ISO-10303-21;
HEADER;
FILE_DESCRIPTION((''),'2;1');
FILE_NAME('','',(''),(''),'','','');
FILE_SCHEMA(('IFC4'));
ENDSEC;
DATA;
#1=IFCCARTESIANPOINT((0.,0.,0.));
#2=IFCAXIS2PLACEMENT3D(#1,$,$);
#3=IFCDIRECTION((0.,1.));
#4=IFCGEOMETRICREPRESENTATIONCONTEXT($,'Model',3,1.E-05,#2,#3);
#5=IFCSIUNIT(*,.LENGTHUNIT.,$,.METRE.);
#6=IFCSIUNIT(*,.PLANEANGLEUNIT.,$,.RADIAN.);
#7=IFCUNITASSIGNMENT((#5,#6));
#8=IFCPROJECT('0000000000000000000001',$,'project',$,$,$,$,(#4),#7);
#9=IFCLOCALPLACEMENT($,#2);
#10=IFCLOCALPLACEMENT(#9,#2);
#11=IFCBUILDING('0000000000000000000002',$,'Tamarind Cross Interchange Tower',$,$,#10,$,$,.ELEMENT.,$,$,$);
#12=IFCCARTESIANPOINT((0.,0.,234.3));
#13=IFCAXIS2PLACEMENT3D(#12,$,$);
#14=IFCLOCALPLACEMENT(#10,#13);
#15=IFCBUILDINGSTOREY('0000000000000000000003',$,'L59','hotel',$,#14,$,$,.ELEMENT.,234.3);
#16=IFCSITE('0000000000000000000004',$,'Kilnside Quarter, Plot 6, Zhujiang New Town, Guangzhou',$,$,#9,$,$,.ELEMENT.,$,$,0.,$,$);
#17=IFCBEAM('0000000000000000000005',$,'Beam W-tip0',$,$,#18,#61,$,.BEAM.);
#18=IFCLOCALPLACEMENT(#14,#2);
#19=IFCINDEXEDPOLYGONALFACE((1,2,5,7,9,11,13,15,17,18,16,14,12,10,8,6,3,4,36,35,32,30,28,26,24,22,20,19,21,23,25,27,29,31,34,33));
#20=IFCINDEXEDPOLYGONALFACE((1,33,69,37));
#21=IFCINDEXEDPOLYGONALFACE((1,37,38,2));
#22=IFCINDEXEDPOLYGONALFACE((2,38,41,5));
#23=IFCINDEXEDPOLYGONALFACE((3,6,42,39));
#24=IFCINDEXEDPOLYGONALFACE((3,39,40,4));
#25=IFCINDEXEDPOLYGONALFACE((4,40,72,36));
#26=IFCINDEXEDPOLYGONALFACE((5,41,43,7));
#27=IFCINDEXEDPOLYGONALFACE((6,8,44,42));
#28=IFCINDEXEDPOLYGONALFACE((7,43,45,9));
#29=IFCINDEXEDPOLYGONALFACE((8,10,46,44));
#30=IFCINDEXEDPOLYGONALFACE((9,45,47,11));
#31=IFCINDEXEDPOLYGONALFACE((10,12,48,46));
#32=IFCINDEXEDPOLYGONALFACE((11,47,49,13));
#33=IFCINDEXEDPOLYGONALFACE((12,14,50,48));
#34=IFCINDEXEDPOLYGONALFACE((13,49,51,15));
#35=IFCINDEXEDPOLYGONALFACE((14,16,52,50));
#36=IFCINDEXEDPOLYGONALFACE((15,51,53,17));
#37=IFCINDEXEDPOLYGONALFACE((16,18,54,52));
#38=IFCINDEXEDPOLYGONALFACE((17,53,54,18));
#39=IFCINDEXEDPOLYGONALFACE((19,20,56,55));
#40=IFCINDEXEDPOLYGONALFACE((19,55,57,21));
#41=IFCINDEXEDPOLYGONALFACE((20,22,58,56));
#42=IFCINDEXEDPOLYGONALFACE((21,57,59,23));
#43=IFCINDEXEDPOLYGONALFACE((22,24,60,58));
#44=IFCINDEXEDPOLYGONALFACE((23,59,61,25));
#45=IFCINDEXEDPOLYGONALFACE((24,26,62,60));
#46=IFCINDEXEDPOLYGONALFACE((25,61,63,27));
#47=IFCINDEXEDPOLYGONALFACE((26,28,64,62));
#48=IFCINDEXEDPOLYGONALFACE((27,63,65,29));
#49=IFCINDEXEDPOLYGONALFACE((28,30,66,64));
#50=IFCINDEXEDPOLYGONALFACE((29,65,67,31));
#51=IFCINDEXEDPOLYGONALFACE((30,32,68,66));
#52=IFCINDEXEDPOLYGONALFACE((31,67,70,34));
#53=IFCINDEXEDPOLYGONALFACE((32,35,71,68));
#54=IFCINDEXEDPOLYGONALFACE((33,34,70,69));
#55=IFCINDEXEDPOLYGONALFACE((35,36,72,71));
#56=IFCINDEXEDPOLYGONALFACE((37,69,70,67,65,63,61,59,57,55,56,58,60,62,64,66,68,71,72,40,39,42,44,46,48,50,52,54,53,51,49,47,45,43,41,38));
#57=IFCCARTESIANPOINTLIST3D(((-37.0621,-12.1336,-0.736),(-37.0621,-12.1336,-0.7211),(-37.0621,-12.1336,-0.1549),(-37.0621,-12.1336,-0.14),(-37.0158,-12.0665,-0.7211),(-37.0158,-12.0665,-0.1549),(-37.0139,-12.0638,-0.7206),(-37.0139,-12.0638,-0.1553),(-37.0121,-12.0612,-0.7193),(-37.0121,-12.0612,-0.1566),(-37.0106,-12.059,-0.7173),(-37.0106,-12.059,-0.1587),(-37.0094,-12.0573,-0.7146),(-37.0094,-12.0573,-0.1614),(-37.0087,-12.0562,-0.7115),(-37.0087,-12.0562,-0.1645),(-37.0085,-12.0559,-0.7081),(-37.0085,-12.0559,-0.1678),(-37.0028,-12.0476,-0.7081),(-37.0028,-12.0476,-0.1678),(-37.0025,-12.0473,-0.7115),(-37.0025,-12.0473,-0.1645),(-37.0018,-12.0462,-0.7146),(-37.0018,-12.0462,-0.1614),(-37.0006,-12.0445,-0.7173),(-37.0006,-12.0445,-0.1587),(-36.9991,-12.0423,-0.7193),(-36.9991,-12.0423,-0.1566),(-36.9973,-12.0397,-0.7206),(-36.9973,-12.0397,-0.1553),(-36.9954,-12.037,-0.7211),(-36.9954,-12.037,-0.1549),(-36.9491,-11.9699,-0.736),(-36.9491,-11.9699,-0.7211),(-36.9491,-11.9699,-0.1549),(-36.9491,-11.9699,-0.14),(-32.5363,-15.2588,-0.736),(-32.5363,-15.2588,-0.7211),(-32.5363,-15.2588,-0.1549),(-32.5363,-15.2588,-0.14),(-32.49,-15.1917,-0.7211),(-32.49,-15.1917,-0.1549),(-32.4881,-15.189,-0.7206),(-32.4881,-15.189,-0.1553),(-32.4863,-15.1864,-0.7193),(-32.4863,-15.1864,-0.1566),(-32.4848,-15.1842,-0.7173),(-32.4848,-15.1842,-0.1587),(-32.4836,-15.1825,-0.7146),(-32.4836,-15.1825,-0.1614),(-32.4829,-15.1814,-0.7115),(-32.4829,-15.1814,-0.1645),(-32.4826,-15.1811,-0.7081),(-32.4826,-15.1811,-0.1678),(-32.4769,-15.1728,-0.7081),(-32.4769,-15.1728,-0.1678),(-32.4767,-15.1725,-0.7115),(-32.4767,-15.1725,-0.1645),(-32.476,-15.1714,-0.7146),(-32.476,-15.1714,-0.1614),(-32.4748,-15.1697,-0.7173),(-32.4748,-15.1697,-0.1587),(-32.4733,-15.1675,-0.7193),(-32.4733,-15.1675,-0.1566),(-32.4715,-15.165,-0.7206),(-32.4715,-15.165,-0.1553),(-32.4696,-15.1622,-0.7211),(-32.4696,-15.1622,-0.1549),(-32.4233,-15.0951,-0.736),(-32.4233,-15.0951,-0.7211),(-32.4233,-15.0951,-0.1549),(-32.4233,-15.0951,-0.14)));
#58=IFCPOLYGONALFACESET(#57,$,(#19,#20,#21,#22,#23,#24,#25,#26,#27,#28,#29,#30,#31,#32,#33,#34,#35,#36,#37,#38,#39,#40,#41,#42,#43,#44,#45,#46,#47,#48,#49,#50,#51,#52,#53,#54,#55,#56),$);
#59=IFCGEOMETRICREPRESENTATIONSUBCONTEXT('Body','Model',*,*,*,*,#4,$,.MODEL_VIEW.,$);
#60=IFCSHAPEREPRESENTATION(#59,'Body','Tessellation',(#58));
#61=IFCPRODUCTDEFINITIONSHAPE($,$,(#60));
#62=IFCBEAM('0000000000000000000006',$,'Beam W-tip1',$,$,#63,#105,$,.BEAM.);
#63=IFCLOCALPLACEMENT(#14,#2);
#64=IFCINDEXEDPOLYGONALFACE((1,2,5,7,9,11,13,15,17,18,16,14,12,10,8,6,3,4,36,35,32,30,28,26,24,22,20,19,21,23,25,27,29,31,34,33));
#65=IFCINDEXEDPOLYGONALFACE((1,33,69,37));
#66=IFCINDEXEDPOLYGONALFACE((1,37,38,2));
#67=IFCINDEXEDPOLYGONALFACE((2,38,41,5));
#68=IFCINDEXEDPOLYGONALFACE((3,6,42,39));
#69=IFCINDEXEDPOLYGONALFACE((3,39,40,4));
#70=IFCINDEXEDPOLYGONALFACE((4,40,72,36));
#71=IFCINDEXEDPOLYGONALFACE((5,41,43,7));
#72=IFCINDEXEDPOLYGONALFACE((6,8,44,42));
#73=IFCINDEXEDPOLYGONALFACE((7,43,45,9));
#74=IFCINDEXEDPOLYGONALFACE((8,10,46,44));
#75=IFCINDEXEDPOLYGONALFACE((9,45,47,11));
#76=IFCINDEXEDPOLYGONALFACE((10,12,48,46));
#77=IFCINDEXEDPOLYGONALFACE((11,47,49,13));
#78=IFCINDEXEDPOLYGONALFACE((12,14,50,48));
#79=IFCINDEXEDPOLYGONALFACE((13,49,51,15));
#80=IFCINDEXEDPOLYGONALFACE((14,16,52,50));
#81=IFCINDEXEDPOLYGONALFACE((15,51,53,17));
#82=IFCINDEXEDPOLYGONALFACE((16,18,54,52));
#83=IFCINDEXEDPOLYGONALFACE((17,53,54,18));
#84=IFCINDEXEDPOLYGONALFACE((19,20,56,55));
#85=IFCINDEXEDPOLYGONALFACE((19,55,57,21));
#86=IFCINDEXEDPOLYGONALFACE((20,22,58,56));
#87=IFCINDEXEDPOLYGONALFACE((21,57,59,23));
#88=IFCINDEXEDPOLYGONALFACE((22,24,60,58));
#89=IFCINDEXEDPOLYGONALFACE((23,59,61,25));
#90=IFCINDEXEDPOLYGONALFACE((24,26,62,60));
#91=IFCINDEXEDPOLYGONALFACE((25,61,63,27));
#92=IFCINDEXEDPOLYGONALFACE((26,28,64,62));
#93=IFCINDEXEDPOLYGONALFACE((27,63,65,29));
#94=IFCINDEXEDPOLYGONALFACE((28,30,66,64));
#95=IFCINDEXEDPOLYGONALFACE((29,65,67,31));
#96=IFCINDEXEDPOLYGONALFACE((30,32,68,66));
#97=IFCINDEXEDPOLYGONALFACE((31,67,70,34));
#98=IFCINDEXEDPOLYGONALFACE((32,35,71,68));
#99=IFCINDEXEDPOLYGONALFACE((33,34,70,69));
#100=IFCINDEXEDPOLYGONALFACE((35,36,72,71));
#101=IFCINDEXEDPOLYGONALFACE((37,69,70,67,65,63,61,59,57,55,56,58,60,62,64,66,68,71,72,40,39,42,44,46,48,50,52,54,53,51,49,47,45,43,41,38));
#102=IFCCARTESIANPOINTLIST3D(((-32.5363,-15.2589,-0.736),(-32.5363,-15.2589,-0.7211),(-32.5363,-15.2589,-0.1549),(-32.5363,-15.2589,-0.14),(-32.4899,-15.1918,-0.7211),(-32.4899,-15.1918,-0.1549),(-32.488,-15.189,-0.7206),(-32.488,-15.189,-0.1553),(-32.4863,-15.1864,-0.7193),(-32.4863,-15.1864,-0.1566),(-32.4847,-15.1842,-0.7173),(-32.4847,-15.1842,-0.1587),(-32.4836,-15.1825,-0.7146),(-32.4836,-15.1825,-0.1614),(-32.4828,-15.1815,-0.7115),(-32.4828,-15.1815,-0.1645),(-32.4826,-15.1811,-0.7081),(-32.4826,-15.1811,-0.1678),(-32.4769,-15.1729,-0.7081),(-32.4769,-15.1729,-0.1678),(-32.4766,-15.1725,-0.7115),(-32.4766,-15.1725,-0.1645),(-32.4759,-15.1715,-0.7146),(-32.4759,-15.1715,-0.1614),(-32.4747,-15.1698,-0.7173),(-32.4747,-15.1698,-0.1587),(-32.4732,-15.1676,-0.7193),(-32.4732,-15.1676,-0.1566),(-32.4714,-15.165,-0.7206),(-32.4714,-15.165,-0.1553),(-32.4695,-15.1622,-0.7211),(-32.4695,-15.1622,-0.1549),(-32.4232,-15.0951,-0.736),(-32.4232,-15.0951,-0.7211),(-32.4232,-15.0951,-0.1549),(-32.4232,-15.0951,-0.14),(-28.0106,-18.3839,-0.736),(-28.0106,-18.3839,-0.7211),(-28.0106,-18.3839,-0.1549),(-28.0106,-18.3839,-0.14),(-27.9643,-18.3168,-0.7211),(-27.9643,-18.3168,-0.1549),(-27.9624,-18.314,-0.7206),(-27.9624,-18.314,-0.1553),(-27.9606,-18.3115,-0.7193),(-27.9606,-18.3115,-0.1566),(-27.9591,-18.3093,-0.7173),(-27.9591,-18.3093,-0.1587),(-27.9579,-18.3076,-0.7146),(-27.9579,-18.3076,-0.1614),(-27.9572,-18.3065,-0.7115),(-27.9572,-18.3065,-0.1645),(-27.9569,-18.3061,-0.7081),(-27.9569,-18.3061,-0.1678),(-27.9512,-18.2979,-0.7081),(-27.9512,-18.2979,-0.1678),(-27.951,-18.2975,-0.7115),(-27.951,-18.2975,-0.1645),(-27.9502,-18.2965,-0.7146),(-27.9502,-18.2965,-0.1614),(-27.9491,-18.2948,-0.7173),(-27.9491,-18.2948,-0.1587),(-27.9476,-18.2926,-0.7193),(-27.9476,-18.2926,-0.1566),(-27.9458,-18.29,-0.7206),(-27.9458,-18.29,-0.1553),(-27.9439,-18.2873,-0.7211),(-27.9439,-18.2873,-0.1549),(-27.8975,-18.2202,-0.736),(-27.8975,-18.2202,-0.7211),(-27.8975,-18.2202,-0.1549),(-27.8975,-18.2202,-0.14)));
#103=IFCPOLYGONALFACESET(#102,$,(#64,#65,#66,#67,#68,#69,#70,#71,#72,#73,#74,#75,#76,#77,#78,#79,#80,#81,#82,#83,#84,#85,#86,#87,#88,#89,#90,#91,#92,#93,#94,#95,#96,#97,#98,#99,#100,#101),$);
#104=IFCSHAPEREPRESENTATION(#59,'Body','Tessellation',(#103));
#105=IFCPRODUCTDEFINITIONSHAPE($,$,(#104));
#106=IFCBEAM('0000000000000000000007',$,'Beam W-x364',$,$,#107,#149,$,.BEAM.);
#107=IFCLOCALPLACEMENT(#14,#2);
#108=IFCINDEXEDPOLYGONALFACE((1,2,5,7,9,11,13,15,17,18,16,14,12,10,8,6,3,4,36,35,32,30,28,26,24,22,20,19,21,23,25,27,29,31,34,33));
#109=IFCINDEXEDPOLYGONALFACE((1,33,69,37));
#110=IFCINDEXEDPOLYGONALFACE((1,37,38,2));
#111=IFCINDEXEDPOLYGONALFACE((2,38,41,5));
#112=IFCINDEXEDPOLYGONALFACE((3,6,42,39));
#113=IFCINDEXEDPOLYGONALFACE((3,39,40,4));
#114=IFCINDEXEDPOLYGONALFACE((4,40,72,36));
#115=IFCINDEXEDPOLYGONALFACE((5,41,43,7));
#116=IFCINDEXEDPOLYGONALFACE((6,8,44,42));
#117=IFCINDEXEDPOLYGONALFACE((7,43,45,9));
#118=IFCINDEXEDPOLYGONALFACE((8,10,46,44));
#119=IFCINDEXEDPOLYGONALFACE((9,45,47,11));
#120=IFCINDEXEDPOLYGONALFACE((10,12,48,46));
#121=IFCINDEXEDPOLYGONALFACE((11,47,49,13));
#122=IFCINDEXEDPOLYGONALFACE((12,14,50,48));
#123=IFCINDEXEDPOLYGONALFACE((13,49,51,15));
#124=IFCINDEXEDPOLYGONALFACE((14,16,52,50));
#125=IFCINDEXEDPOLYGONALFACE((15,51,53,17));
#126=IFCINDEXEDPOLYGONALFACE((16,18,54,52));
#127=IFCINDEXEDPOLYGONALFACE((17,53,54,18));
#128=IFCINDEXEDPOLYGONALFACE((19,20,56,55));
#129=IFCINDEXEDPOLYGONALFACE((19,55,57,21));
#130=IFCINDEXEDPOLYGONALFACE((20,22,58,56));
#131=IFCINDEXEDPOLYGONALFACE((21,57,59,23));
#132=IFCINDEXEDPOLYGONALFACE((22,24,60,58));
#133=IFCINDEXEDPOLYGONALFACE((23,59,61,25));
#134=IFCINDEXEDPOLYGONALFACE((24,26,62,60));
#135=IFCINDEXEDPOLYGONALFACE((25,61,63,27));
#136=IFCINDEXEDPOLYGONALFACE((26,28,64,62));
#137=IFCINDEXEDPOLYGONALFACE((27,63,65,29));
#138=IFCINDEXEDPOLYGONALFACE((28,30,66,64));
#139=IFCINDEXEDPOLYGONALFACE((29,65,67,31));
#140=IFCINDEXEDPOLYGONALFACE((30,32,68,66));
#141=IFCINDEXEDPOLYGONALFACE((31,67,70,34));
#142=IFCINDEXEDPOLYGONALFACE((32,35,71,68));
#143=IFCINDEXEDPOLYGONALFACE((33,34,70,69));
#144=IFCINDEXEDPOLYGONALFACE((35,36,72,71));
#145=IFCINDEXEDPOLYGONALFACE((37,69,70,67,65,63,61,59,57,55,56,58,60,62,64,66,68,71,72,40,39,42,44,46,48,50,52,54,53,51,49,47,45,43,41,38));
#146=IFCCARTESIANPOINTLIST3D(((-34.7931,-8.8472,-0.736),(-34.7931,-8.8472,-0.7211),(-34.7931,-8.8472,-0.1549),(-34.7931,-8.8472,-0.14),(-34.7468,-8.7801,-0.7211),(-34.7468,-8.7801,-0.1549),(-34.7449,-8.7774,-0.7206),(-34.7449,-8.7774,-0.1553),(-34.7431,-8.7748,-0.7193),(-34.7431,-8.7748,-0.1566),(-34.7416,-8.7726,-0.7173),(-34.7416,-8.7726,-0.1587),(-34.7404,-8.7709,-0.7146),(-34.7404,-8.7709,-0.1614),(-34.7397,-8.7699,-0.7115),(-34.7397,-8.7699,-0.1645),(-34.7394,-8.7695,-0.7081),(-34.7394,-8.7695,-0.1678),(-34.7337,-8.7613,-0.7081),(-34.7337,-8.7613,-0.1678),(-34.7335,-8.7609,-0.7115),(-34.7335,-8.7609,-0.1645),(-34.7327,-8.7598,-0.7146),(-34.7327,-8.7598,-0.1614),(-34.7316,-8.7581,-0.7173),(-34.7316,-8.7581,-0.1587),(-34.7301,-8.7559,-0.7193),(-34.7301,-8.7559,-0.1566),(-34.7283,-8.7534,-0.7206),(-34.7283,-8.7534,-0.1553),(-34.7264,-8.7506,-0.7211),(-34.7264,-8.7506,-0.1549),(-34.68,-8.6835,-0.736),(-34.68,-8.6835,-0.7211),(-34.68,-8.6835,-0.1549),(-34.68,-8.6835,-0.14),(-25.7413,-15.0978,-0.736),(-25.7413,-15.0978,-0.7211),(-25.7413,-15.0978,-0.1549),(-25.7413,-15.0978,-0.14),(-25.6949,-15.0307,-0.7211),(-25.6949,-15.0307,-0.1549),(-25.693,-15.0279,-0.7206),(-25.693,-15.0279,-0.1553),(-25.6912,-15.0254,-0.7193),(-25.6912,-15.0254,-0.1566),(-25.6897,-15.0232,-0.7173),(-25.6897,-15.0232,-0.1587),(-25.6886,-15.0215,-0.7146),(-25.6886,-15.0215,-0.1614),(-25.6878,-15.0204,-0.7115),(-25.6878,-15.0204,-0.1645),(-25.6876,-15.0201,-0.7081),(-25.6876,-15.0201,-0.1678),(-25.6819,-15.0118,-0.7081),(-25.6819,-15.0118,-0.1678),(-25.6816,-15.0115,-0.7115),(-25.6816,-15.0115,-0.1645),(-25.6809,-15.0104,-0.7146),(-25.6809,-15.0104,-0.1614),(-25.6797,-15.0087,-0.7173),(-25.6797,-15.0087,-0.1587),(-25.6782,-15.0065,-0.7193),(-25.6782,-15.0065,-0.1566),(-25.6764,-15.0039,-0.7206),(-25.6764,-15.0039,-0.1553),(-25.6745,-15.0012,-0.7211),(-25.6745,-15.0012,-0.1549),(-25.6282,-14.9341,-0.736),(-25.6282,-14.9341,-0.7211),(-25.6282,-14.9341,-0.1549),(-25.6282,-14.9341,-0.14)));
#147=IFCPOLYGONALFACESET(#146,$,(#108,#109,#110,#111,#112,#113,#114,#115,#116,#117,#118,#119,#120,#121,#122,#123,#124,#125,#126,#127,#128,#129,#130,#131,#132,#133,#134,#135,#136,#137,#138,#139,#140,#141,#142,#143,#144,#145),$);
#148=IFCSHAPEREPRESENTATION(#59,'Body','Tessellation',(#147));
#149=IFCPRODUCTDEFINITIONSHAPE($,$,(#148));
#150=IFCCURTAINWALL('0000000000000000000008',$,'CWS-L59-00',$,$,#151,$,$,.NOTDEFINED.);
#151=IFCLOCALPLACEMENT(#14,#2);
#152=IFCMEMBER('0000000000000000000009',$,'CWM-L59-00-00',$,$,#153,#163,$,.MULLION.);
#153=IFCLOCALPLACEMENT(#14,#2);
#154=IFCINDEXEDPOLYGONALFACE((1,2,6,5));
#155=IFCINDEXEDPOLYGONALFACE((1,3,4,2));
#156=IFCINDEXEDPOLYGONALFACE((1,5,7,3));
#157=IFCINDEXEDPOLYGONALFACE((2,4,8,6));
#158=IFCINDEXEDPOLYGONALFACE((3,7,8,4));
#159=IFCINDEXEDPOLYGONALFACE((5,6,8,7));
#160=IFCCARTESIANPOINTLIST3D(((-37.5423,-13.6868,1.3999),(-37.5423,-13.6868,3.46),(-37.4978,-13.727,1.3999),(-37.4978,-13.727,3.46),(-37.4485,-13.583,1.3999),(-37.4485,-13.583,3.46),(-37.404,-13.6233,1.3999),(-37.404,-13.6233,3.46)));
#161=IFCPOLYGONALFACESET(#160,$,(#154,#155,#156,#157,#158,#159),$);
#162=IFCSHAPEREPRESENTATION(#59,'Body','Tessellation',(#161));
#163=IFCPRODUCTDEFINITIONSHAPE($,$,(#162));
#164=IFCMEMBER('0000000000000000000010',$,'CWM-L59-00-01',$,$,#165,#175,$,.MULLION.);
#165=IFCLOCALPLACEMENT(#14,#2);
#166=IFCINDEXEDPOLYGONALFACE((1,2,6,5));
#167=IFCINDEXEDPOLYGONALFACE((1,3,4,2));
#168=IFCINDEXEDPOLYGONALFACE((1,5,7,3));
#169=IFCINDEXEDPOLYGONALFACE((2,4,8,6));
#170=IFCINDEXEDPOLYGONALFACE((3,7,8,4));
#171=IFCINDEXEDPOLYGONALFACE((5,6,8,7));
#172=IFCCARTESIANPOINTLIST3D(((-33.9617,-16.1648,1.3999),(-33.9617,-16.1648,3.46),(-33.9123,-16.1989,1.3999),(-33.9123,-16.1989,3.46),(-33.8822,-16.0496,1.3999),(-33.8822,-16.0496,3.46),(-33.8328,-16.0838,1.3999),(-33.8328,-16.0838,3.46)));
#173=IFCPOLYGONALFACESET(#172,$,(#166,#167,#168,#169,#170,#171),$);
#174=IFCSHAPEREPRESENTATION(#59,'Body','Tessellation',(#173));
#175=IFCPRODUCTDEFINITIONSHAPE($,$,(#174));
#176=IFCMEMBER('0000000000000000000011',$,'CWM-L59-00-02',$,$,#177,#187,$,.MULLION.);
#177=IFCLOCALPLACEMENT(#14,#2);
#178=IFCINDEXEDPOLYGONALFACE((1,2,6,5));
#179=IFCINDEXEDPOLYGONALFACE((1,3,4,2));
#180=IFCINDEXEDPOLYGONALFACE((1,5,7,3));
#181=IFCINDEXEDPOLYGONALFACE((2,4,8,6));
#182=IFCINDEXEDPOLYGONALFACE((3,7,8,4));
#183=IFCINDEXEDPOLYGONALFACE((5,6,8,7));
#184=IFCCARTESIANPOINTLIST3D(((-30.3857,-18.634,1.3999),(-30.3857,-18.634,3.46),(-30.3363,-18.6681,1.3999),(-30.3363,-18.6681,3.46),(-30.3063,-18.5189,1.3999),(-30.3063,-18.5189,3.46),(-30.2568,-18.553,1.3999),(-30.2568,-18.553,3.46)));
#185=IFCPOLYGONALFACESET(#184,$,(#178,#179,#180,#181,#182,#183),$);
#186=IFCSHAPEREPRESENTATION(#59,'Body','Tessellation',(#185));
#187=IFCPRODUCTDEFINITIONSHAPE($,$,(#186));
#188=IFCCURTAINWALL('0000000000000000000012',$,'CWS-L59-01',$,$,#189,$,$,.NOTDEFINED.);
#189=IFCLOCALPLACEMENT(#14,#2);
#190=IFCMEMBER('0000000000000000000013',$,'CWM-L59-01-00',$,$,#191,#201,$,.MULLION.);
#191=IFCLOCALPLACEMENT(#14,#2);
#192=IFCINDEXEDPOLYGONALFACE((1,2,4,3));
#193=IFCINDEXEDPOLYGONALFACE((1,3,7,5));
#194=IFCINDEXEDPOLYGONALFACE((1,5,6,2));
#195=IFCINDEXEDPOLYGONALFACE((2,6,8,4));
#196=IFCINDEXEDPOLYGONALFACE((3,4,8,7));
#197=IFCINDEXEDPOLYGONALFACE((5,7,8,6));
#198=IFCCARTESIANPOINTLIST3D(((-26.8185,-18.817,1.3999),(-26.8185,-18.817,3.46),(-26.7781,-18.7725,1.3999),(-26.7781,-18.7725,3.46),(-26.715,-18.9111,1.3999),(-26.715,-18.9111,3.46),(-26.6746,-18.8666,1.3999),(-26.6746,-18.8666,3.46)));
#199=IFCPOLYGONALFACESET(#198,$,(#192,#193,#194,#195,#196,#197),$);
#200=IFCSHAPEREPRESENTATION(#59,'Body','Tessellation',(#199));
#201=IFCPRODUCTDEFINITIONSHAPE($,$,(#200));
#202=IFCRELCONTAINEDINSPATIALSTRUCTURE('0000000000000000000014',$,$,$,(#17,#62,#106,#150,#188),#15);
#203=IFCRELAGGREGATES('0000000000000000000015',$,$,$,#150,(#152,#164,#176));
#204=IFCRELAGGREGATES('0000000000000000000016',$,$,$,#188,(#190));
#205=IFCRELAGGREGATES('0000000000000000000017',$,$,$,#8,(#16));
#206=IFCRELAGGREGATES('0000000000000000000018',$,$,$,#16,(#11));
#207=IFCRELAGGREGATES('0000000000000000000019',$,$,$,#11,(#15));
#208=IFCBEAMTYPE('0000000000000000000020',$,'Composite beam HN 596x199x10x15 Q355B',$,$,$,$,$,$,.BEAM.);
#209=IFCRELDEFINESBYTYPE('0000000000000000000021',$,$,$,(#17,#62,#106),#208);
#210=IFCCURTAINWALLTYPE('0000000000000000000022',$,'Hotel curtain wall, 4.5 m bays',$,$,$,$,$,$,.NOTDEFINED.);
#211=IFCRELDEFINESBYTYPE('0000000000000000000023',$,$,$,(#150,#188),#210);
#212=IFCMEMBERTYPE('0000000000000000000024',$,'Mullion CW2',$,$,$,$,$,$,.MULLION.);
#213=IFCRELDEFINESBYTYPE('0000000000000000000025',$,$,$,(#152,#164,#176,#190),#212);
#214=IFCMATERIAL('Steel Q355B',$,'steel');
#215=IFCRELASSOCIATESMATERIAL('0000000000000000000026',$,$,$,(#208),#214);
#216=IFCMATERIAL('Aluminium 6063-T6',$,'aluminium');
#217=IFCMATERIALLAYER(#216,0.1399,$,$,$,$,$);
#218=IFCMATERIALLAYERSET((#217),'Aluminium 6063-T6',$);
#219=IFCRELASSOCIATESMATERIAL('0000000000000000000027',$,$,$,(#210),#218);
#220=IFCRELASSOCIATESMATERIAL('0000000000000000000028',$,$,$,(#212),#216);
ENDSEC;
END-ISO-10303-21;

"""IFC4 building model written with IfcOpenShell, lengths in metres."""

from ifc_helpers import new_model, si_unit, direction, frame, origin, origin_2d, place, context, subcontext, project, spatial, rectangle, i_section, extrude, material, layer, layer_set, material_profile, profile_set, type_object, element, aggregate, save


model = new_model("IFC4")

# Units and contexts
model_context = context("Model", 3, precision=1e-05, world=origin(), true_north=direction((0.0, 1.0)))
body_context = subcontext(model_context, "Body", "Model", "MODEL_VIEW")
ifc_project = project(units=[si_unit("LENGTHUNIT", "METRE"), si_unit("PLANEANGLEUNIT", "RADIAN")], contexts=[model_context])

# Site, building, storey
site_placement = place(None, origin())
site = spatial("IfcSite", under=ifc_project, at=site_placement, Name="Kilnside Quarter, Plot 6, Zhujiang New Town, Guangzhou", CompositionType="ELEMENT", RefElevation=0.0)
building_placement = place(site_placement, origin())
building = spatial("IfcBuilding", under=site, at=building_placement, Name="Tamarind Cross Interchange Tower", CompositionType="ELEMENT")
storey_placement = place(building_placement, frame((0.0, 0.0, 234.3)))
storey = spatial("IfcBuildingStorey", under=building, at=storey_placement, Name="L59", Description="hotel", CompositionType="ELEMENT", Elevation=234.3)

# Beams
ifc_material_1 = material(Name="Steel Q355B", Category="steel")
ifc_material_profile_1 = material_profile(ifc_material_1, i_section(OverallWidth=0.199, OverallDepth=0.5959, WebThickness=0.01, FlangeThickness=0.0149, FilletRadius=0.0129, at=origin_2d()), Name="HN 596x199x10x15")
ifc_profile_set_1 = profile_set([ifc_material_profile_1], Name="Steel Q355B")
beam_type_1 = type_object("IfcBeamType", Name="Composite beam HN 596x199x10x15 Q355B", PredefinedType="BEAM", material=ifc_profile_set_1)
beam_1_placement = place(storey_placement, frame((-37.0056, -12.0518, -0.438), z_axis=(0.822877, -0.568219, 0.0), x_axis=(0.568219, 0.822877, 0.0)))
element("IfcBeam", 1, at=beam_1_placement, inside=storey, type_object=beam_type_1, Name="Beam W-tip0", PredefinedType="BEAM", context=body_context, shape_type="SweptSolid", body=[
    extrude(i_section(OverallWidth=0.199, OverallDepth=0.5959, WebThickness=0.01, FlangeThickness=0.0149, FilletRadius=0.0129, at=origin_2d()), origin(), (0.0, 0.0, 1.0), 5.5),
])
beam_2_placement = place(storey_placement, frame((-32.4797, -15.177, -0.438), z_axis=(0.822884, -0.56821, 0.0), x_axis=(0.56821, 0.822884, 0.0)))
element("IfcBeam", 2, at=beam_2_placement, inside=storey, type_object=beam_type_1, Name="Beam W-tip1", PredefinedType="BEAM", context=body_context, shape_type="SweptSolid", body=[
    extrude(i_section(OverallWidth=0.199, OverallDepth=0.5959, WebThickness=0.01, FlangeThickness=0.0149, FilletRadius=0.0129, at=origin_2d()), origin(), (0.0, 0.0, 1.0), 5.4998),
])
beam_3_placement = place(storey_placement, frame((-34.7366, -8.7654, -0.438), z_axis=(0.822877, -0.568219, 0.0), x_axis=(0.568219, 0.822877, 0.0)))
element("IfcBeam", 3, at=beam_3_placement, inside=storey, type_object=beam_type_1, Name="Beam W-x364", PredefinedType="BEAM", context=body_context, shape_type="SweptSolid", body=[
    extrude(i_section(OverallWidth=0.199, OverallDepth=0.5959, WebThickness=0.01, FlangeThickness=0.0149, FilletRadius=0.0129, at=origin_2d()), origin(), (0.0, 0.0, 1.0), 11.0002),
])

# Curtain wall, members
ifc_material_2 = material(Name="Aluminium 6063-T6", Category="aluminium")
ifc_layer_1 = layer(ifc_material_2, 0.1399)
ifc_layer_set_1 = layer_set([ifc_layer_1], Name="Aluminium 6063-T6")
curtain_wall_type = type_object("IfcCurtainWallType", Name="Hotel curtain wall, 4.5 m bays", PredefinedType="NOTDEFINED", material=ifc_layer_set_1)
curtain_wall_1_placement = place(storey_placement, origin())
curtain_wall_1 = element("IfcCurtainWall", 4, at=curtain_wall_1_placement, inside=storey, type_object=curtain_wall_type, Name="CWS-L59-00", PredefinedType="NOTDEFINED")
ifc_material_profile_2 = material_profile(ifc_material_2, rectangle(XDim=0.0601, YDim=0.1399, at=origin_2d()), Name="Mullion CW2")
ifc_profile_set_2 = profile_set([ifc_material_profile_2], Name="Aluminium 6063-T6")
member_type = type_object("IfcMemberType", Name="Mullion CW2", PredefinedType="MULLION", material=ifc_profile_set_2)
member_1_placement = place(storey_placement, frame((-37.4731, -13.655, 1.3999), z_axis=(0.0, 0.0, 1.0), x_axis=(0.741676, -0.670758, 0.0)))
member_1 = element("IfcMember", 5, at=member_1_placement, type_object=member_type, Name="CWM-L59-00-00", PredefinedType="MULLION", context=body_context, shape_type="SweptSolid", body=[
    extrude(rectangle(XDim=0.0601, YDim=0.1399, at=origin_2d()), origin(), (0.0, 0.0, 1.0), 2.0601),
])
member_2_placement = place(storey_placement, frame((-33.8972, -16.1243, 1.3999), z_axis=(0.0, 0.0, 1.0), x_axis=(0.822883, -0.568211, 0.0)))
member_2 = element("IfcMember", 6, at=member_2_placement, type_object=member_type, Name="CWM-L59-00-01", PredefinedType="MULLION", context=body_context, shape_type="SweptSolid", body=[
    extrude(rectangle(XDim=0.0601, YDim=0.1399, at=origin_2d()), origin(), (0.0, 0.0, 1.0), 2.0601),
])
member_3_placement = place(storey_placement, frame((-30.3213, -18.5935, 1.3999), z_axis=(0.0, 0.0, 1.0), x_axis=(0.822883, -0.568211, 0.0)))
member_3 = element("IfcMember", 7, at=member_3_placement, type_object=member_type, Name="CWM-L59-00-02", PredefinedType="MULLION", context=body_context, shape_type="SweptSolid", body=[
    extrude(rectangle(XDim=0.0601, YDim=0.1399, at=origin_2d()), origin(), (0.0, 0.0, 1.0), 2.0601),
])
aggregate(curtain_wall_1, [member_1, member_2, member_3])

# Curtain wall, member
curtain_wall_2_placement = place(storey_placement, origin())
curtain_wall_2 = element("IfcCurtainWall", 8, at=curtain_wall_2_placement, inside=storey, type_object=curtain_wall_type, Name="CWS-L59-01", PredefinedType="NOTDEFINED")
member_4_placement = place(storey_placement, frame((-26.7466, -18.8418, 1.3999), z_axis=(0.0, 0.0, 1.0), x_axis=(0.672742, 0.739877, 0.0)))
member_4 = element("IfcMember", 9, at=member_4_placement, type_object=member_type, Name="CWM-L59-01-00", PredefinedType="MULLION", context=body_context, shape_type="SweptSolid", body=[
    extrude(rectangle(XDim=0.0601, YDim=0.1399, at=origin_2d()), origin(), (0.0, 0.0, 1.0), 2.0601),
])
aggregate(curtain_wall_2, [member_4])

save(model, "model.ifc")
